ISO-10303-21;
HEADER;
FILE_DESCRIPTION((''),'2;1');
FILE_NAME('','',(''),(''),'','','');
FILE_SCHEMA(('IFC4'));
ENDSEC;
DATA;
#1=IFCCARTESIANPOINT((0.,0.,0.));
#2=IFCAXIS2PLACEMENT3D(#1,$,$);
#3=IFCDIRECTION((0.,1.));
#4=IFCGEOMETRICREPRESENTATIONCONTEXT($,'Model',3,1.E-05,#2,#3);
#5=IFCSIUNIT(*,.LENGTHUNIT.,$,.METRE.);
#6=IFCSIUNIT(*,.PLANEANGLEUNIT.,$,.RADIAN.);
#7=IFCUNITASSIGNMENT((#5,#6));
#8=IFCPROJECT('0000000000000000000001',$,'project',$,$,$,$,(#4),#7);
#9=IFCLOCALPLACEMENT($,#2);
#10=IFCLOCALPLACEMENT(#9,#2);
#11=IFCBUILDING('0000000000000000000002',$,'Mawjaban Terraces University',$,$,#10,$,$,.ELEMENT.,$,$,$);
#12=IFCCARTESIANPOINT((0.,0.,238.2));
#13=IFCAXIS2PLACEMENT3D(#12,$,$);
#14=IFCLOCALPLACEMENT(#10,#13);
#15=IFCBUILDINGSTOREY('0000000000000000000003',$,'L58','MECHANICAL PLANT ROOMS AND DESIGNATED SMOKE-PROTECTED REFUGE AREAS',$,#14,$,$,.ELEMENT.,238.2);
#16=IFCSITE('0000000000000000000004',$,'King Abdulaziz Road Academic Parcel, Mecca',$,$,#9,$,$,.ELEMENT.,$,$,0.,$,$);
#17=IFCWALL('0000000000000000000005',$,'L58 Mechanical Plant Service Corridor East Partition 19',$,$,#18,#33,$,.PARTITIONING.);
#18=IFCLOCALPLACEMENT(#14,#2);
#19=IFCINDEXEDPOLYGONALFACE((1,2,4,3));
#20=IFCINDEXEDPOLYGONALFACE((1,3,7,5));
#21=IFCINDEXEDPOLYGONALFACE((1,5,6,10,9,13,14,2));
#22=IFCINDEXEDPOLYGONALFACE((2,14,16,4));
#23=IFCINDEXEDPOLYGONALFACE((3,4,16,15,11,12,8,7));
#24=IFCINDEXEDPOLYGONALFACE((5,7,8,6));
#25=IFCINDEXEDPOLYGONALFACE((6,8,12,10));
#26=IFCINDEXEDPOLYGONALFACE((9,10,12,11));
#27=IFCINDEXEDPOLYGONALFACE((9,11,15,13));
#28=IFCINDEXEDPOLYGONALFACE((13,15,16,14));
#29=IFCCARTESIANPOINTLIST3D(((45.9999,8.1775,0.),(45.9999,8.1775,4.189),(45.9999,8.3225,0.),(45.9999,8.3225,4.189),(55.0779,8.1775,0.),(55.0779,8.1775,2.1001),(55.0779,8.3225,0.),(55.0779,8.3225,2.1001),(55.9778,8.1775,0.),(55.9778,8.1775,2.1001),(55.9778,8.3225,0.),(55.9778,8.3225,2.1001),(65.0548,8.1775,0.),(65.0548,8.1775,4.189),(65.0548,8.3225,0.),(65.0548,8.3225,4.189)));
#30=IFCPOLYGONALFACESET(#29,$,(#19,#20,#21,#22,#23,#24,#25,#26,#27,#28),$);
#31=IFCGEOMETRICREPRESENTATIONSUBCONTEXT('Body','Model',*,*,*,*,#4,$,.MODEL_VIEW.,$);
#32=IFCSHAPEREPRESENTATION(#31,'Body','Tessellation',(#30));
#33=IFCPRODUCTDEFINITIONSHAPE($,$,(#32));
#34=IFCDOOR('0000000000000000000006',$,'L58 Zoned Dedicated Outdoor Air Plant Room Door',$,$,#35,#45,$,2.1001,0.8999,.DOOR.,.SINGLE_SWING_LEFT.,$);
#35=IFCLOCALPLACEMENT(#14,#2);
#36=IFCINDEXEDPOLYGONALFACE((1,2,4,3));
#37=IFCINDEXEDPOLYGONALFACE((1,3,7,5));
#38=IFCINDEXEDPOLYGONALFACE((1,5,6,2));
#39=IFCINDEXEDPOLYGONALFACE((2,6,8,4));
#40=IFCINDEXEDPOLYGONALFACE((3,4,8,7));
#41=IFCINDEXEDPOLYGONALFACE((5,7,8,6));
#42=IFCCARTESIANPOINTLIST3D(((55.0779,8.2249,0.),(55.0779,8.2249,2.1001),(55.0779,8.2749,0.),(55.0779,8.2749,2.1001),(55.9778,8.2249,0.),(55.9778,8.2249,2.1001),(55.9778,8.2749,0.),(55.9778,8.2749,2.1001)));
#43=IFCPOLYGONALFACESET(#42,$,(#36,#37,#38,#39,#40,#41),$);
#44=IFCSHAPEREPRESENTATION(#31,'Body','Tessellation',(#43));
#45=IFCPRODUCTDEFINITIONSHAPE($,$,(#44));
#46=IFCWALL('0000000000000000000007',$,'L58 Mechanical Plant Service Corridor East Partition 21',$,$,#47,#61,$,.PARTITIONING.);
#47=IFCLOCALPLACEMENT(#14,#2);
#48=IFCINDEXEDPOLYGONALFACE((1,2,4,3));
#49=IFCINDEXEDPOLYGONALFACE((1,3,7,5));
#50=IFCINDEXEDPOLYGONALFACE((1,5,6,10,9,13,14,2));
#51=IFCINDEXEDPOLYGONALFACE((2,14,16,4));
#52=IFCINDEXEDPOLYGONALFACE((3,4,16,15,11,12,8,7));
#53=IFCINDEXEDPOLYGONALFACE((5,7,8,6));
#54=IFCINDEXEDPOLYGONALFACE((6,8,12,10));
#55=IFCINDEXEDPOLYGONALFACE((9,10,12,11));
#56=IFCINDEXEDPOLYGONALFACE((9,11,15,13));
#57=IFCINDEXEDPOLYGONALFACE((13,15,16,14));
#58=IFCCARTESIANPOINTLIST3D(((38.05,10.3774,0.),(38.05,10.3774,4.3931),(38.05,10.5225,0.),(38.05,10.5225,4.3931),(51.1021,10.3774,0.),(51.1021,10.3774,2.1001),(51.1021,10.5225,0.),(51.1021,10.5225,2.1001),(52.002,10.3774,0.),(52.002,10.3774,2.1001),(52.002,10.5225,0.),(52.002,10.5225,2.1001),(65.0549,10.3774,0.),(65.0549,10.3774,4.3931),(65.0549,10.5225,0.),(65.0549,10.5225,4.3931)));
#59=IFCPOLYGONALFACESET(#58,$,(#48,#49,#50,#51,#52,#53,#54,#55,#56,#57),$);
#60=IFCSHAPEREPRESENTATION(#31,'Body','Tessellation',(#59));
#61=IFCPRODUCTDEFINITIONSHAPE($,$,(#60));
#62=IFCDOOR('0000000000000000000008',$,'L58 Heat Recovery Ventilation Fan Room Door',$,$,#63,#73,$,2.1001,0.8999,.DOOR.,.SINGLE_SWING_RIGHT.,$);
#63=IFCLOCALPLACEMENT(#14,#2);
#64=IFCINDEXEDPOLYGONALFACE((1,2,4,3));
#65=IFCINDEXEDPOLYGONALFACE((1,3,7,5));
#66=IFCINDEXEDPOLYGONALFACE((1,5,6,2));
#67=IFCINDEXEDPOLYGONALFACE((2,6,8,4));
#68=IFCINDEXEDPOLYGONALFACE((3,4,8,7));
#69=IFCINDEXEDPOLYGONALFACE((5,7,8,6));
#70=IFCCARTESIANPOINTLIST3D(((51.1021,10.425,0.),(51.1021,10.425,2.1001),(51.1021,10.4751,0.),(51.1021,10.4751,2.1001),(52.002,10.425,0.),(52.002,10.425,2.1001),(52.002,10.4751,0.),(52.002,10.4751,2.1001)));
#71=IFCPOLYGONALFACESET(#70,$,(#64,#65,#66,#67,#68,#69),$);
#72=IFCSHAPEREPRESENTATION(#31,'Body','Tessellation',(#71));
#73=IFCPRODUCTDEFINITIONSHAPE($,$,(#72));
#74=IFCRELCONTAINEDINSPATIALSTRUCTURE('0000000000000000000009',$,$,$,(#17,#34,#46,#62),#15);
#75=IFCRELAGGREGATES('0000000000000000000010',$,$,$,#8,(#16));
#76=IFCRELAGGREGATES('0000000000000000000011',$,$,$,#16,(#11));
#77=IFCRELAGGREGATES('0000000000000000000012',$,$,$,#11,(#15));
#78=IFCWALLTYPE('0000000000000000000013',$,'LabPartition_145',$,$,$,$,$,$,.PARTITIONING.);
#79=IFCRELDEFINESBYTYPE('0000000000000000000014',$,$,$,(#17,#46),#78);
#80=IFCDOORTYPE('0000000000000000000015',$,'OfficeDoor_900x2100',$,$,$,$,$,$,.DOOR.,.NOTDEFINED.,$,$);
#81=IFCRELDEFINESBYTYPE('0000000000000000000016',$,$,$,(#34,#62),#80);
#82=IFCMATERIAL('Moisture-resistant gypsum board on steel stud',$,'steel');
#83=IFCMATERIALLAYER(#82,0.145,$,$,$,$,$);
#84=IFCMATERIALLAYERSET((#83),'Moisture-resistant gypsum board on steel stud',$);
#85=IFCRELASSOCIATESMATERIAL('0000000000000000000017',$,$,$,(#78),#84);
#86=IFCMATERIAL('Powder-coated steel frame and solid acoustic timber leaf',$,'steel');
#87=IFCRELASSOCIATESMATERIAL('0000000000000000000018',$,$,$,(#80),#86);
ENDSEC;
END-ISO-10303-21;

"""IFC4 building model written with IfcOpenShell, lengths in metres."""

from ifc_helpers import new_model, si_unit, direction, frame, frame_2d, origin, place, context, subcontext, project, spatial, rectangle, extrude, material, layer, layer_set, type_object, element, fill, save


model = new_model("IFC4")

# Units and contexts
model_context = context("Model", 3, precision=1e-05, world=origin(), true_north=direction((0.0, 1.0)))
body_context = subcontext(model_context, "Body", "Model", "MODEL_VIEW")
ifc_project = project(units=[si_unit("LENGTHUNIT", "METRE"), si_unit("PLANEANGLEUNIT", "RADIAN")], contexts=[model_context])

# Site, building, storey
site_placement = place(None, origin())
site = spatial("IfcSite", under=ifc_project, at=site_placement, Name="King Abdulaziz Road Academic Parcel, Mecca", CompositionType="ELEMENT", RefElevation=0.0)
building_placement = place(site_placement, origin())
building = spatial("IfcBuilding", under=site, at=building_placement, Name="Mawjaban Terraces University", CompositionType="ELEMENT")
storey_placement = place(building_placement, frame((0.0, 0.0, 238.2)))
storey = spatial("IfcBuildingStorey", under=building, at=storey_placement, Name="L58", Description="MECHANICAL PLANT ROOMS AND DESIGNATED SMOKE-PROTECTED REFUGE AREAS", CompositionType="ELEMENT", Elevation=238.2)

# Walls, openings, doors
ifc_material_1 = material(Name="Moisture-resistant gypsum board on steel stud", Category="steel")
ifc_layer_1 = layer(ifc_material_1, 0.145)
ifc_layer_set_1 = layer_set([ifc_layer_1], Name="Moisture-resistant gypsum board on steel stud")
wall_type_1 = type_object("IfcWallType", Name="LabPartition_145", PredefinedType="PARTITIONING", material=ifc_layer_set_1)
wall_1_placement = place(storey_placement, frame((46.0, 8.25, 0.0), z_axis=(0.0, 0.0, 1.0), x_axis=(1.0, 0.0, 0.0)))
wall_1 = element("IfcWall", 1, at=wall_1_placement, inside=storey, type_object=wall_type_1, Name="L58 Mechanical Plant Service Corridor East Partition 19", PredefinedType="PARTITIONING", context=body_context, shape_type="SweptSolid", body=[
    extrude(rectangle(XDim=19.0549, YDim=0.145, at=frame_2d((9.5273, 0.0))), origin(), (0.0, 0.0, 1.0), 4.189),
])
opening_1_placement = place(wall_1_placement, frame((9.0779, 0.0, 0.0)))
opening_1 = element("IfcOpeningElement", 2, at=opening_1_placement, cuts=wall_1, PredefinedType="OPENING", context=body_context, shape_type="SweptSolid", body=[
    extrude(rectangle(XDim=0.8999, YDim=2.1001, at=frame_2d((0.45, 1.05))), frame((0.0, 0.0825, 0.0), z_axis=(0.0, -1.0, 0.0), x_axis=(1.0, 0.0, 0.0)), (0.0, 0.0, 1.0), 0.165),
])
ifc_material_2 = material(Name="Powder-coated steel frame and solid acoustic timber leaf", Category="steel")
door_type_1 = type_object("IfcDoorType", Name="OfficeDoor_900x2100", OperationType="NOTDEFINED", PredefinedType="DOOR", material=ifc_material_2)
door_1_placement = place(opening_1_placement, origin())
door_1 = element("IfcDoor", 3, at=door_1_placement, inside=storey, type_object=door_type_1, Name="L58 Zoned Dedicated Outdoor Air Plant Room Door", OperationType="SINGLE_SWING_LEFT", OverallHeight=2.1001, OverallWidth=0.8999, PredefinedType="DOOR", context=body_context, shape_type="SweptSolid", body=[
    extrude(rectangle(XDim=0.8999, YDim=2.1001, at=frame_2d((0.45, 1.05))), frame((0.0, 0.0249, 0.0), z_axis=(0.0, -1.0, 0.0), x_axis=(1.0, 0.0, 0.0)), (0.0, 0.0, 1.0), 0.05),
])
fill(opening_1, door_1)
wall_2_placement = place(storey_placement, frame((65.0549, 10.45, 0.0), z_axis=(0.0, 0.0, 1.0), x_axis=(-1.0, 0.0, 0.0)))
wall_2 = element("IfcWall", 4, at=wall_2_placement, inside=storey, type_object=wall_type_1, Name="L58 Mechanical Plant Service Corridor East Partition 21", PredefinedType="PARTITIONING", context=body_context, shape_type="SweptSolid", body=[
    extrude(rectangle(XDim=27.0049, YDim=0.145, at=frame_2d((13.5024, 0.0))), origin(), (0.0, 0.0, 1.0), 4.3931),
])
opening_2_placement = place(wall_2_placement, frame((13.053, 0.0, 0.0)))
opening_2 = element("IfcOpeningElement", 5, at=opening_2_placement, cuts=wall_2, PredefinedType="OPENING", context=body_context, shape_type="SweptSolid", body=[
    extrude(rectangle(XDim=0.8999, YDim=2.1001, at=frame_2d((0.45, 1.05))), frame((0.0, 0.0825, 0.0), z_axis=(0.0, -1.0, 0.0), x_axis=(1.0, 0.0, 0.0)), (0.0, 0.0, 1.0), 0.165),
])
door_2_placement = place(opening_2_placement, origin())
door_2 = element("IfcDoor", 6, at=door_2_placement, inside=storey, type_object=door_type_1, Name="L58 Heat Recovery Ventilation Fan Room Door", OperationType="SINGLE_SWING_RIGHT", OverallHeight=2.1001, OverallWidth=0.8999, PredefinedType="DOOR", context=body_context, shape_type="SweptSolid", body=[
    extrude(rectangle(XDim=0.8999, YDim=2.1001, at=frame_2d((0.45, 1.05))), frame((0.0, 0.0249, 0.0), z_axis=(0.0, -1.0, 0.0), x_axis=(1.0, 0.0, 0.0)), (0.0, 0.0, 1.0), 0.05),
])
fill(opening_2, door_2)

save(model, "model.ifc")
